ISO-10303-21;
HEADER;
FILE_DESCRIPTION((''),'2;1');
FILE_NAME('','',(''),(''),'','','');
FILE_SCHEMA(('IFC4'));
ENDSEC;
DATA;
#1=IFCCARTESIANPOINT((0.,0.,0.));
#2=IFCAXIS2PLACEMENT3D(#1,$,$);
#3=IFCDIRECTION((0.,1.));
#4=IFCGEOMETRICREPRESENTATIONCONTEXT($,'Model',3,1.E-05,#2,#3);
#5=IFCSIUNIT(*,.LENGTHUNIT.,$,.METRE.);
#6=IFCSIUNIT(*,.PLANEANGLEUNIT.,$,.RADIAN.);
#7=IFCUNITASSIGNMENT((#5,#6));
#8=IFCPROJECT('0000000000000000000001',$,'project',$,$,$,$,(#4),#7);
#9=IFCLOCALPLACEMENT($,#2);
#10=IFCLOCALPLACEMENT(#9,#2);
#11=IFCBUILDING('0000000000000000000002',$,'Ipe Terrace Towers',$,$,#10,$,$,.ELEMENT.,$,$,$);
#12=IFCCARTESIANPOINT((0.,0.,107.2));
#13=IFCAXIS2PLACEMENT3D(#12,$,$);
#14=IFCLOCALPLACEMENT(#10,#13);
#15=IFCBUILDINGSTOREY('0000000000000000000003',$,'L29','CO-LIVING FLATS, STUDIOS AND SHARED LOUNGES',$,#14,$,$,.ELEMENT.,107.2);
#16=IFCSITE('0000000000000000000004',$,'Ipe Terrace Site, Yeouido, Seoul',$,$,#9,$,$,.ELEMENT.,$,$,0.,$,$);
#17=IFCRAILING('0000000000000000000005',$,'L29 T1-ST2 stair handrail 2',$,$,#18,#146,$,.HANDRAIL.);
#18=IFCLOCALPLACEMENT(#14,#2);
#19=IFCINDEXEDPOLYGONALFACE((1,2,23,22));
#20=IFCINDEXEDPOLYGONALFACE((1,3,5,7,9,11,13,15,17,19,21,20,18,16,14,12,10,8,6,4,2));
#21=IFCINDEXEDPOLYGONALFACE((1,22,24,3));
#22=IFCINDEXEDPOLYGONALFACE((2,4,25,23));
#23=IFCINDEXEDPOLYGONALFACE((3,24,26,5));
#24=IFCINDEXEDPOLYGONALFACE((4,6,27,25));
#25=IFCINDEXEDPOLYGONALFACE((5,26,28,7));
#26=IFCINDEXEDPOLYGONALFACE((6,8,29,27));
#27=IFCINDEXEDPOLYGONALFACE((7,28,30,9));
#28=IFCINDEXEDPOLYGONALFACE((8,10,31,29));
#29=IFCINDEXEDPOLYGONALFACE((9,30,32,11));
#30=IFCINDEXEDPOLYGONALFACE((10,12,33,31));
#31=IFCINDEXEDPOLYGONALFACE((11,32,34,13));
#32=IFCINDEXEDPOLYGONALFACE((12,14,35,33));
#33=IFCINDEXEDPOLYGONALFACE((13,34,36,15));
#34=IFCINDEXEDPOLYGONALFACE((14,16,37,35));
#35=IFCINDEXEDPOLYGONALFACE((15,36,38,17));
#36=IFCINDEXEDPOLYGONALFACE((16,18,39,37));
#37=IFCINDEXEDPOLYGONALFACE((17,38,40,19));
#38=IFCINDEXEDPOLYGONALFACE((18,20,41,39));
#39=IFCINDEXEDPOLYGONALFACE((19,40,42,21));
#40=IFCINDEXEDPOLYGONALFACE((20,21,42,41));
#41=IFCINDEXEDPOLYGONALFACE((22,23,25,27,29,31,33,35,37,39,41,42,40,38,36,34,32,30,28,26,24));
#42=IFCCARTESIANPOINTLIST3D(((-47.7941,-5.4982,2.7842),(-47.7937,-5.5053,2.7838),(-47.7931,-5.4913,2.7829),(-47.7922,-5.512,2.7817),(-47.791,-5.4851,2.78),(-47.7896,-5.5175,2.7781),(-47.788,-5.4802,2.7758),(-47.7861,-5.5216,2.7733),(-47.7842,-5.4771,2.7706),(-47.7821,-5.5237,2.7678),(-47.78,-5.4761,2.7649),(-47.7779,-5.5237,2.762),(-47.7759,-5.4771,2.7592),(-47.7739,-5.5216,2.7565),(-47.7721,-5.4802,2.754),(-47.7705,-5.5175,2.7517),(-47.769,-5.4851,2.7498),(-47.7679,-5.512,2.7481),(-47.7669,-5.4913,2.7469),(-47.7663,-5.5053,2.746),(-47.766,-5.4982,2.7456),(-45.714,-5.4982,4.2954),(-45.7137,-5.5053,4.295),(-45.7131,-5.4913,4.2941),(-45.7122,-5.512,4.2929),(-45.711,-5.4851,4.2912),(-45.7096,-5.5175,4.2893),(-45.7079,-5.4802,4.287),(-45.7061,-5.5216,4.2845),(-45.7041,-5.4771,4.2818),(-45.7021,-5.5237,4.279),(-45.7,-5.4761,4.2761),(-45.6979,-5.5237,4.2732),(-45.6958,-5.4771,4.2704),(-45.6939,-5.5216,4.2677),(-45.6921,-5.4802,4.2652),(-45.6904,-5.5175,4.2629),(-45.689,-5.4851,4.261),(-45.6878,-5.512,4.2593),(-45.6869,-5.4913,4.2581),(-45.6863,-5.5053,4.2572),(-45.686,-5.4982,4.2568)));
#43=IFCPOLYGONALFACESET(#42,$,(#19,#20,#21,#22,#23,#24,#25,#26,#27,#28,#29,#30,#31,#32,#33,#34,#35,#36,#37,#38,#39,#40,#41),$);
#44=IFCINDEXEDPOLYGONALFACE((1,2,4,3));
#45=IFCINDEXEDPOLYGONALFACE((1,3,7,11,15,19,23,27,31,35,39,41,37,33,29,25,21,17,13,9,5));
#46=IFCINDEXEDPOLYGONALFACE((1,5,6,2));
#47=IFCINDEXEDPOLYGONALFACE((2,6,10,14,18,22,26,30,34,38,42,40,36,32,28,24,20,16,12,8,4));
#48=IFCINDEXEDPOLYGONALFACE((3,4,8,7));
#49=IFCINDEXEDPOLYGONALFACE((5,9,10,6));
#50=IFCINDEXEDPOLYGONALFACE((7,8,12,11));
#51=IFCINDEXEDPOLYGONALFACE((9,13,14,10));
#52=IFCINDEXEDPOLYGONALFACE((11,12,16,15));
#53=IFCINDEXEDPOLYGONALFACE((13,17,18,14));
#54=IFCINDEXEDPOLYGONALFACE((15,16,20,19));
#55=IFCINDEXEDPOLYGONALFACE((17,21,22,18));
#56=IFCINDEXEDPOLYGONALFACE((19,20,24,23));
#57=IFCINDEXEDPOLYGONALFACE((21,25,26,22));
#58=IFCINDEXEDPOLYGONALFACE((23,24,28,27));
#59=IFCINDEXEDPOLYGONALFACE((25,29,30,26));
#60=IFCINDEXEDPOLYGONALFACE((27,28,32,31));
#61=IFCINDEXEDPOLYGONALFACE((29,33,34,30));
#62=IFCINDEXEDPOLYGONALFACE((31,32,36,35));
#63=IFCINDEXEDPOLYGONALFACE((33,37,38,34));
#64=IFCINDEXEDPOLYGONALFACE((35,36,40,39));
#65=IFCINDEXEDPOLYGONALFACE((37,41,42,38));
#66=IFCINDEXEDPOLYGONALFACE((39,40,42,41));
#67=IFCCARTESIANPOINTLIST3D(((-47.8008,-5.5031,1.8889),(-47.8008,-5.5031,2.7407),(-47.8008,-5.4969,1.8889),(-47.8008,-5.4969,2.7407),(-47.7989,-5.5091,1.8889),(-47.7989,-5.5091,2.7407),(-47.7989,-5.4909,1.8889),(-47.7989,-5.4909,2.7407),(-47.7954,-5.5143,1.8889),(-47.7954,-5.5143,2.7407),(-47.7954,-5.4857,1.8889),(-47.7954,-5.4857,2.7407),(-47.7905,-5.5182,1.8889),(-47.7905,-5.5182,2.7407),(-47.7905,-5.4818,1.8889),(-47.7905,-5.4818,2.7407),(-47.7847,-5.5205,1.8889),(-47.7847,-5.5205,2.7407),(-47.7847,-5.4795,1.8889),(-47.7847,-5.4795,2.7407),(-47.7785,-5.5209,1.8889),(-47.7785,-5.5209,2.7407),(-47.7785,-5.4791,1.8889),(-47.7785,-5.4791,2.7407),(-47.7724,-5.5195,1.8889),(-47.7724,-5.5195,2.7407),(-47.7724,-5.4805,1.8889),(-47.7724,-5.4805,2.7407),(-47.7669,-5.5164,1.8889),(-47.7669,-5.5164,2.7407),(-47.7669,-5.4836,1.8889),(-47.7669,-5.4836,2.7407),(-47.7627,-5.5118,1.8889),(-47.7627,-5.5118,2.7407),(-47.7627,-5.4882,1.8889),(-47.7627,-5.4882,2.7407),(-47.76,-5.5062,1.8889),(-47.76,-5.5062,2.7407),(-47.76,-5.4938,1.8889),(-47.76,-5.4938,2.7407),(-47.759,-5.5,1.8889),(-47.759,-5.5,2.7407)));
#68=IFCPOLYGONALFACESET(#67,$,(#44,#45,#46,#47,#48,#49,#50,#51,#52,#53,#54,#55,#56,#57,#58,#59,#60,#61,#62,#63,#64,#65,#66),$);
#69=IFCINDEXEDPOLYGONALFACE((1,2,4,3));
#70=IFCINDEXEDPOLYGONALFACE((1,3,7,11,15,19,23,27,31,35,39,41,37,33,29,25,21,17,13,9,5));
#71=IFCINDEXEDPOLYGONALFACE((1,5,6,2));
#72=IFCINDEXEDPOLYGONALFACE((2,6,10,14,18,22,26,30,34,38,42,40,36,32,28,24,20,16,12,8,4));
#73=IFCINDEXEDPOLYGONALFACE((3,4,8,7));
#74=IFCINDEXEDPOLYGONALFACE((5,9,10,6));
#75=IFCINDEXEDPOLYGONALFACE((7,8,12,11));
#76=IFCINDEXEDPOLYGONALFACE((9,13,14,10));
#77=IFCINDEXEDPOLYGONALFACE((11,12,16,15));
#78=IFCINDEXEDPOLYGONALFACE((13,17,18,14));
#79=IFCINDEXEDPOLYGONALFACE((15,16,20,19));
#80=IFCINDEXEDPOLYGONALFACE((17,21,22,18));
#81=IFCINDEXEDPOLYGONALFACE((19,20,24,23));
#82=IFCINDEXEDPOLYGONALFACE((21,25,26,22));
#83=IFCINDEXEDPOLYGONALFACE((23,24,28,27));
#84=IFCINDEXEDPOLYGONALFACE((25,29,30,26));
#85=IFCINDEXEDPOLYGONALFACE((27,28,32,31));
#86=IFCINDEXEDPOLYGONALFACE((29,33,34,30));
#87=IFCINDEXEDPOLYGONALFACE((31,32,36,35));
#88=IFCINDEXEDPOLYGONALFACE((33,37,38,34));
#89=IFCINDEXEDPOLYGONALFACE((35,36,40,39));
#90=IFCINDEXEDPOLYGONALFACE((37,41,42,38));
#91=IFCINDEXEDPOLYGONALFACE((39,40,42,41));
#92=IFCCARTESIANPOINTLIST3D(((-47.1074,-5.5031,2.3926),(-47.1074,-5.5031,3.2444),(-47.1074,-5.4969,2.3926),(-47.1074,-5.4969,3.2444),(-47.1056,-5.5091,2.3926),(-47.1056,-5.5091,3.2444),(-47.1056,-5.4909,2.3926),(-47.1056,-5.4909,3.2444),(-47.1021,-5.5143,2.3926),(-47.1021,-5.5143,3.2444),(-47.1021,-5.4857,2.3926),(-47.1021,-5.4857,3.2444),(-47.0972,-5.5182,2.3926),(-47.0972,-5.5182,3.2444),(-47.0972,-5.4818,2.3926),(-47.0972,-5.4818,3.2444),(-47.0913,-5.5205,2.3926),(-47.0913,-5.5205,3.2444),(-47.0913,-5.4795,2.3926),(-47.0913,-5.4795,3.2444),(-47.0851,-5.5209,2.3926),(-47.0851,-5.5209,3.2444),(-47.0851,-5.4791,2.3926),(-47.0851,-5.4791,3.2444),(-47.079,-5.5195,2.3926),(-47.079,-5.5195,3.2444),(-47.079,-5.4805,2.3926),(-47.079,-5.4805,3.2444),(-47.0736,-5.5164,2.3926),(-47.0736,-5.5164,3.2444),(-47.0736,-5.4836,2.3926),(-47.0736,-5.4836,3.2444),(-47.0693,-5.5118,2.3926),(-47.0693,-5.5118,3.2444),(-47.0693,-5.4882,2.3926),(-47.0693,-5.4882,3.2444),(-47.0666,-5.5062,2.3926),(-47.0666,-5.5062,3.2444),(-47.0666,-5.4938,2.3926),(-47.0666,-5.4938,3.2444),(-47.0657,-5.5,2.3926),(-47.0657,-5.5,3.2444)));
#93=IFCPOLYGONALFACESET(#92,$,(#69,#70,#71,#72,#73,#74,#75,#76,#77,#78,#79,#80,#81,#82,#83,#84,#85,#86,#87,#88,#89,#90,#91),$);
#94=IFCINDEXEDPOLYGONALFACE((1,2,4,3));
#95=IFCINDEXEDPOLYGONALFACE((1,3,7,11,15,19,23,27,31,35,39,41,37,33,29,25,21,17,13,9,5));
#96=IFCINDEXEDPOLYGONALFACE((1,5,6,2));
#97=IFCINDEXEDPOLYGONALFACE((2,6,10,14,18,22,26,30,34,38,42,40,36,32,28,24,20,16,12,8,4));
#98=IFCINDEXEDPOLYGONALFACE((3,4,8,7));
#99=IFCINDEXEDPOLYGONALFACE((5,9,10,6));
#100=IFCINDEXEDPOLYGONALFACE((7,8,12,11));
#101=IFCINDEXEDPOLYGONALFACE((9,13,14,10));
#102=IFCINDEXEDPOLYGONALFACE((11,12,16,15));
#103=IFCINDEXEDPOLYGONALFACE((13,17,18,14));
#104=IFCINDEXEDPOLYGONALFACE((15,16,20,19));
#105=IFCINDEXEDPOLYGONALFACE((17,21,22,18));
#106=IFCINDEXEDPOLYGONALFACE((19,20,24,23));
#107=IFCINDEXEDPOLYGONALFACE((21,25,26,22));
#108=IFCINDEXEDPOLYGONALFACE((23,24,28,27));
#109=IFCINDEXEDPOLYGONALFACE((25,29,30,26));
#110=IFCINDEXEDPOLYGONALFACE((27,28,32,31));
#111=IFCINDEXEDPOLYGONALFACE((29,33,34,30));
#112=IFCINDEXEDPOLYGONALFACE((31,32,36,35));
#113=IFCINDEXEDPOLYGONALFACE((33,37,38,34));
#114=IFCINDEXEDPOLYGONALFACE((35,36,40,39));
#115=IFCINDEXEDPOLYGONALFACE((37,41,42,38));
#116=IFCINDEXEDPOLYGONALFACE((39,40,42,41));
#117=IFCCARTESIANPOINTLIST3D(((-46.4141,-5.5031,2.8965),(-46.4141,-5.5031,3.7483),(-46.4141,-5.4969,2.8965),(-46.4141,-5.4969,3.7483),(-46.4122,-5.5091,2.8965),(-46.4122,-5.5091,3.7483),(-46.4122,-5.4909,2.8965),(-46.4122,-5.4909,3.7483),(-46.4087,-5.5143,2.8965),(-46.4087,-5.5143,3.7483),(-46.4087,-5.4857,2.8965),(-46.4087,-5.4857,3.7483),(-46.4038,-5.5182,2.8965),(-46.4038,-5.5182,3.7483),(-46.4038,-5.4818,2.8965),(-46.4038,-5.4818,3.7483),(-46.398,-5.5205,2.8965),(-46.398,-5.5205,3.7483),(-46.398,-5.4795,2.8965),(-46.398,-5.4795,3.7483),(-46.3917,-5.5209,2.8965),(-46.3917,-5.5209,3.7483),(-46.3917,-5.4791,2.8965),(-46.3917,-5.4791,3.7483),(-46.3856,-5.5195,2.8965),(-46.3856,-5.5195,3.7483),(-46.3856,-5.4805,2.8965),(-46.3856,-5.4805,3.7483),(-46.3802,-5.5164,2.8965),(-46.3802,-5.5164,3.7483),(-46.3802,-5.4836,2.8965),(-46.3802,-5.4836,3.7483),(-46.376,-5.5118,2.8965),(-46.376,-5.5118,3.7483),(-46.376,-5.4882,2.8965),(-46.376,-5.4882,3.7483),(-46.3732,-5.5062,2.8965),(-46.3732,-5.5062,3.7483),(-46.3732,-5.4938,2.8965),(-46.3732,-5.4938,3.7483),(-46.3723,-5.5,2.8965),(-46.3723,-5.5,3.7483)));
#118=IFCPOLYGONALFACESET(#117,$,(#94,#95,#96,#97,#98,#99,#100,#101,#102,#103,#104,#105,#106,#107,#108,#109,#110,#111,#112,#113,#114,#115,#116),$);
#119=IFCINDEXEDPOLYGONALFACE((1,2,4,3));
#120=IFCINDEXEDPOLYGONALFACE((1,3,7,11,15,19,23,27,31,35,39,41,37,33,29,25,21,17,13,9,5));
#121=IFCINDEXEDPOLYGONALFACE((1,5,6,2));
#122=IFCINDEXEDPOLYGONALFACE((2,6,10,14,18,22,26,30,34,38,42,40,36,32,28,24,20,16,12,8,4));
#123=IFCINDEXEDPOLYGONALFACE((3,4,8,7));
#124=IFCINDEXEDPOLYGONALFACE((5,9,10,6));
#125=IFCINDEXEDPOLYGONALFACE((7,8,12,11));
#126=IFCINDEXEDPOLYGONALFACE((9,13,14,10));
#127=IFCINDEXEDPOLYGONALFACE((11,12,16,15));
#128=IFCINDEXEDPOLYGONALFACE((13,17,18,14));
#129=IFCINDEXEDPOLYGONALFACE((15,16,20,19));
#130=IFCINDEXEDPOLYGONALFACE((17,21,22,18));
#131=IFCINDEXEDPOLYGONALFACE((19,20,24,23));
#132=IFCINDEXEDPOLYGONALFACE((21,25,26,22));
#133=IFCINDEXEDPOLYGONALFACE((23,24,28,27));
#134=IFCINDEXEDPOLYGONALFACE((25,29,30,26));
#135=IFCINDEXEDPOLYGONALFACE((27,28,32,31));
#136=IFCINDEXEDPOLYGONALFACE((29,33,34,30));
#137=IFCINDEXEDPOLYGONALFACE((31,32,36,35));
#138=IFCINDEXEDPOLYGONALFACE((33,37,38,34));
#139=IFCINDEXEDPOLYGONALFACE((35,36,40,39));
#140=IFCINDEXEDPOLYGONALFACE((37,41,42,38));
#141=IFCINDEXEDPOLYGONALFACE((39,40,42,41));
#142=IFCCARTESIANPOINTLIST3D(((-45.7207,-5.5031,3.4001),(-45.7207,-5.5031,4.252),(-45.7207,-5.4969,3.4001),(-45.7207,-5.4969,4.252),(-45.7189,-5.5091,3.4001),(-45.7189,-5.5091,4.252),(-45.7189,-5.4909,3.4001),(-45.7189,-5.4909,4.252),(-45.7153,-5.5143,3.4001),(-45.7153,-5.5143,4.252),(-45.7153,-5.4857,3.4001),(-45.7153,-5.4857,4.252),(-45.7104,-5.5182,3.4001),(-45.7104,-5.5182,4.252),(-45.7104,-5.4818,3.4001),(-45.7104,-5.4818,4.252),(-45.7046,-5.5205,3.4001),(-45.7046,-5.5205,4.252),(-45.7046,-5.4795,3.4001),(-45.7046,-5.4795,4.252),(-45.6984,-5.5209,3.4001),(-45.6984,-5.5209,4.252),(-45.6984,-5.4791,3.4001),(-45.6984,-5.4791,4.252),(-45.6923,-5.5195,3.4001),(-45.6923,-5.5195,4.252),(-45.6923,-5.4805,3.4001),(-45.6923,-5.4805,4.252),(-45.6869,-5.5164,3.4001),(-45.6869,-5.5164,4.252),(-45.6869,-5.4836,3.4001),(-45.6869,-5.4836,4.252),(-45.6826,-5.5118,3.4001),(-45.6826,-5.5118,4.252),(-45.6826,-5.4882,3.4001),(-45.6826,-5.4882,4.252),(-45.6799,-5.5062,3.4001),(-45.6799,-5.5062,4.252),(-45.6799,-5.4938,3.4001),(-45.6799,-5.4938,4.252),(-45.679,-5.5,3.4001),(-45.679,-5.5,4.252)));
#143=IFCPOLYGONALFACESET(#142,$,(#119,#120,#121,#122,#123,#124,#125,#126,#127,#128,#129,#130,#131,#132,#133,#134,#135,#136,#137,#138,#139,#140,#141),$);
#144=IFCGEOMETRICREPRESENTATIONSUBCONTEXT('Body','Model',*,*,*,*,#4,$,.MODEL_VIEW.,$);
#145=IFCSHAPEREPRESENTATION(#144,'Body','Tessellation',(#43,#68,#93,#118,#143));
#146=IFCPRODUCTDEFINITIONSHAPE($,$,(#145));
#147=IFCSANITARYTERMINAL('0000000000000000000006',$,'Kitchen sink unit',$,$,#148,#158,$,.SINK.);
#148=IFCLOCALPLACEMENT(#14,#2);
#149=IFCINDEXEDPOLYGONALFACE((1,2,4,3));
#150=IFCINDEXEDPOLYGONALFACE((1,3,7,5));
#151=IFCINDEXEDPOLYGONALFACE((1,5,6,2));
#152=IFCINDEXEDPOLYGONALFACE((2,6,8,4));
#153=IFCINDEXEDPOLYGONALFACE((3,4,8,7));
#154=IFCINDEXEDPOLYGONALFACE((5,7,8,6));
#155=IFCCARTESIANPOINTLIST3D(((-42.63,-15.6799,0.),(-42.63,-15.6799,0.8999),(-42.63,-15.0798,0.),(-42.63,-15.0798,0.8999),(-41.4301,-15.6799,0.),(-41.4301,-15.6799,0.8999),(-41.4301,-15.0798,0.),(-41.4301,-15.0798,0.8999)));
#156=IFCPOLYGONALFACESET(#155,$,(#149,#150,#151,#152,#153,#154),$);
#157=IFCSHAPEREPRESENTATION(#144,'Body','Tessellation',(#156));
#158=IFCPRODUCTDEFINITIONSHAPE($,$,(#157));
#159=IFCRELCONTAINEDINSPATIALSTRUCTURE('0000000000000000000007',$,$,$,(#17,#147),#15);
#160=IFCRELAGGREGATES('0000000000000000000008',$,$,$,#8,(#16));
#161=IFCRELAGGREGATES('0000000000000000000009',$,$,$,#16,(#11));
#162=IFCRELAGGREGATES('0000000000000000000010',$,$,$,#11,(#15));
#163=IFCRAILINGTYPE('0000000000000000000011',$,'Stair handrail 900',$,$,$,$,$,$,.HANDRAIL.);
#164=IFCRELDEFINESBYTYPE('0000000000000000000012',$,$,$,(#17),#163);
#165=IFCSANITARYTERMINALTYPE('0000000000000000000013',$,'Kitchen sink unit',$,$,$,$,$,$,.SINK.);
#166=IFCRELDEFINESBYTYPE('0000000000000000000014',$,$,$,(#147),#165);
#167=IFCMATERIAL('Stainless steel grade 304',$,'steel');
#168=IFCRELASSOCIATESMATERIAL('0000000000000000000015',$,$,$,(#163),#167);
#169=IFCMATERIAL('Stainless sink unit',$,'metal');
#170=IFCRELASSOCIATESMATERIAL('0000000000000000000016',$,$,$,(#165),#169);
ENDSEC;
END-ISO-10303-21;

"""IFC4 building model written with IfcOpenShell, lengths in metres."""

from ifc_helpers import new_model, si_unit, direction, frame, origin, origin_2d, place, context, subcontext, project, spatial, rectangle, circle, extrude, material, type_object, element, save


model = new_model("IFC4")

# Units and contexts
model_context = context("Model", 3, precision=1e-05, world=origin(), true_north=direction((0.0, 1.0)))
body_context = subcontext(model_context, "Body", "Model", "MODEL_VIEW")
ifc_project = project(units=[si_unit("LENGTHUNIT", "METRE"), si_unit("PLANEANGLEUNIT", "RADIAN")], contexts=[model_context])

# Site, building, storey
site_placement = place(None, origin())
site = spatial("IfcSite", under=ifc_project, at=site_placement, Name="Ipe Terrace Site, Yeouido, Seoul", CompositionType="ELEMENT", RefElevation=0.0)
building_placement = place(site_placement, origin())
building = spatial("IfcBuilding", under=site, at=building_placement, Name="Ipe Terrace Towers", CompositionType="ELEMENT")
storey_placement = place(building_placement, frame((0.0, 0.0, 107.2)))
storey = spatial("IfcBuildingStorey", under=building, at=storey_placement, Name="L29", Description="CO-LIVING FLATS, STUDIOS AND SHARED LOUNGES", CompositionType="ELEMENT", Elevation=107.2)

# Railing
ifc_material_1 = material(Name="Stainless steel grade 304", Category="steel")
railing_type_1 = type_object("IfcRailingType", Name="Stair handrail 900", PredefinedType="HANDRAIL", material=ifc_material_1)
railing_1_placement = place(storey_placement, frame((-47.78, -5.5, 1.8889)))
element("IfcRailing", 1, at=railing_1_placement, inside=storey, type_object=railing_type_1, Name="L29 T1-ST2 stair handrail 2", PredefinedType="HANDRAIL", context=body_context, shape_type="SweptSolid", body=[
    extrude(circle(Radius=0.0239, at=origin_2d()), frame((0.0, 0.0, 0.876), z_axis=(0.809023, 0.0, 0.587776), x_axis=(0.0, 1.0, 0.0)), (0.0, 0.0, 1.0), 2.571),
    extrude(circle(Radius=0.021, at=origin_2d()), origin(), (0.0, 0.0, 1.0), 0.8518),
    extrude(circle(Radius=0.021, at=origin_2d()), frame((0.6934, 0.0, 0.5037)), (0.0, 0.0, 1.0), 0.8518),
    extrude(circle(Radius=0.021, at=origin_2d()), frame((1.3867, 0.0, 1.0076)), (0.0, 0.0, 1.0), 0.8518),
    extrude(circle(Radius=0.021, at=origin_2d()), frame((2.0801, 0.0, 1.5112)), (0.0, 0.0, 1.0), 0.8518),
])

# Sanitary terminal
ifc_material_2 = material(Name="Stainless sink unit", Category="metal")
sanitary_terminal_type = type_object("IfcSanitaryTerminalType", Name="Kitchen sink unit", PredefinedType="SINK", material=ifc_material_2)
sanitary_terminal_placement = place(storey_placement, frame((-42.03, -15.3799, 0.0), z_axis=(0.0, 0.0, 1.0), x_axis=(-1.0, 0.0, 0.0)))
element("IfcSanitaryTerminal", 2, at=sanitary_terminal_placement, inside=storey, type_object=sanitary_terminal_type, Name="Kitchen sink unit", PredefinedType="SINK", context=body_context, shape_type="SweptSolid", body=[
    extrude(rectangle(XDim=1.2, YDim=0.6001, at=origin_2d()), origin(), (0.0, 0.0, 1.0), 0.8999),
])

save(model, "model.ifc")
